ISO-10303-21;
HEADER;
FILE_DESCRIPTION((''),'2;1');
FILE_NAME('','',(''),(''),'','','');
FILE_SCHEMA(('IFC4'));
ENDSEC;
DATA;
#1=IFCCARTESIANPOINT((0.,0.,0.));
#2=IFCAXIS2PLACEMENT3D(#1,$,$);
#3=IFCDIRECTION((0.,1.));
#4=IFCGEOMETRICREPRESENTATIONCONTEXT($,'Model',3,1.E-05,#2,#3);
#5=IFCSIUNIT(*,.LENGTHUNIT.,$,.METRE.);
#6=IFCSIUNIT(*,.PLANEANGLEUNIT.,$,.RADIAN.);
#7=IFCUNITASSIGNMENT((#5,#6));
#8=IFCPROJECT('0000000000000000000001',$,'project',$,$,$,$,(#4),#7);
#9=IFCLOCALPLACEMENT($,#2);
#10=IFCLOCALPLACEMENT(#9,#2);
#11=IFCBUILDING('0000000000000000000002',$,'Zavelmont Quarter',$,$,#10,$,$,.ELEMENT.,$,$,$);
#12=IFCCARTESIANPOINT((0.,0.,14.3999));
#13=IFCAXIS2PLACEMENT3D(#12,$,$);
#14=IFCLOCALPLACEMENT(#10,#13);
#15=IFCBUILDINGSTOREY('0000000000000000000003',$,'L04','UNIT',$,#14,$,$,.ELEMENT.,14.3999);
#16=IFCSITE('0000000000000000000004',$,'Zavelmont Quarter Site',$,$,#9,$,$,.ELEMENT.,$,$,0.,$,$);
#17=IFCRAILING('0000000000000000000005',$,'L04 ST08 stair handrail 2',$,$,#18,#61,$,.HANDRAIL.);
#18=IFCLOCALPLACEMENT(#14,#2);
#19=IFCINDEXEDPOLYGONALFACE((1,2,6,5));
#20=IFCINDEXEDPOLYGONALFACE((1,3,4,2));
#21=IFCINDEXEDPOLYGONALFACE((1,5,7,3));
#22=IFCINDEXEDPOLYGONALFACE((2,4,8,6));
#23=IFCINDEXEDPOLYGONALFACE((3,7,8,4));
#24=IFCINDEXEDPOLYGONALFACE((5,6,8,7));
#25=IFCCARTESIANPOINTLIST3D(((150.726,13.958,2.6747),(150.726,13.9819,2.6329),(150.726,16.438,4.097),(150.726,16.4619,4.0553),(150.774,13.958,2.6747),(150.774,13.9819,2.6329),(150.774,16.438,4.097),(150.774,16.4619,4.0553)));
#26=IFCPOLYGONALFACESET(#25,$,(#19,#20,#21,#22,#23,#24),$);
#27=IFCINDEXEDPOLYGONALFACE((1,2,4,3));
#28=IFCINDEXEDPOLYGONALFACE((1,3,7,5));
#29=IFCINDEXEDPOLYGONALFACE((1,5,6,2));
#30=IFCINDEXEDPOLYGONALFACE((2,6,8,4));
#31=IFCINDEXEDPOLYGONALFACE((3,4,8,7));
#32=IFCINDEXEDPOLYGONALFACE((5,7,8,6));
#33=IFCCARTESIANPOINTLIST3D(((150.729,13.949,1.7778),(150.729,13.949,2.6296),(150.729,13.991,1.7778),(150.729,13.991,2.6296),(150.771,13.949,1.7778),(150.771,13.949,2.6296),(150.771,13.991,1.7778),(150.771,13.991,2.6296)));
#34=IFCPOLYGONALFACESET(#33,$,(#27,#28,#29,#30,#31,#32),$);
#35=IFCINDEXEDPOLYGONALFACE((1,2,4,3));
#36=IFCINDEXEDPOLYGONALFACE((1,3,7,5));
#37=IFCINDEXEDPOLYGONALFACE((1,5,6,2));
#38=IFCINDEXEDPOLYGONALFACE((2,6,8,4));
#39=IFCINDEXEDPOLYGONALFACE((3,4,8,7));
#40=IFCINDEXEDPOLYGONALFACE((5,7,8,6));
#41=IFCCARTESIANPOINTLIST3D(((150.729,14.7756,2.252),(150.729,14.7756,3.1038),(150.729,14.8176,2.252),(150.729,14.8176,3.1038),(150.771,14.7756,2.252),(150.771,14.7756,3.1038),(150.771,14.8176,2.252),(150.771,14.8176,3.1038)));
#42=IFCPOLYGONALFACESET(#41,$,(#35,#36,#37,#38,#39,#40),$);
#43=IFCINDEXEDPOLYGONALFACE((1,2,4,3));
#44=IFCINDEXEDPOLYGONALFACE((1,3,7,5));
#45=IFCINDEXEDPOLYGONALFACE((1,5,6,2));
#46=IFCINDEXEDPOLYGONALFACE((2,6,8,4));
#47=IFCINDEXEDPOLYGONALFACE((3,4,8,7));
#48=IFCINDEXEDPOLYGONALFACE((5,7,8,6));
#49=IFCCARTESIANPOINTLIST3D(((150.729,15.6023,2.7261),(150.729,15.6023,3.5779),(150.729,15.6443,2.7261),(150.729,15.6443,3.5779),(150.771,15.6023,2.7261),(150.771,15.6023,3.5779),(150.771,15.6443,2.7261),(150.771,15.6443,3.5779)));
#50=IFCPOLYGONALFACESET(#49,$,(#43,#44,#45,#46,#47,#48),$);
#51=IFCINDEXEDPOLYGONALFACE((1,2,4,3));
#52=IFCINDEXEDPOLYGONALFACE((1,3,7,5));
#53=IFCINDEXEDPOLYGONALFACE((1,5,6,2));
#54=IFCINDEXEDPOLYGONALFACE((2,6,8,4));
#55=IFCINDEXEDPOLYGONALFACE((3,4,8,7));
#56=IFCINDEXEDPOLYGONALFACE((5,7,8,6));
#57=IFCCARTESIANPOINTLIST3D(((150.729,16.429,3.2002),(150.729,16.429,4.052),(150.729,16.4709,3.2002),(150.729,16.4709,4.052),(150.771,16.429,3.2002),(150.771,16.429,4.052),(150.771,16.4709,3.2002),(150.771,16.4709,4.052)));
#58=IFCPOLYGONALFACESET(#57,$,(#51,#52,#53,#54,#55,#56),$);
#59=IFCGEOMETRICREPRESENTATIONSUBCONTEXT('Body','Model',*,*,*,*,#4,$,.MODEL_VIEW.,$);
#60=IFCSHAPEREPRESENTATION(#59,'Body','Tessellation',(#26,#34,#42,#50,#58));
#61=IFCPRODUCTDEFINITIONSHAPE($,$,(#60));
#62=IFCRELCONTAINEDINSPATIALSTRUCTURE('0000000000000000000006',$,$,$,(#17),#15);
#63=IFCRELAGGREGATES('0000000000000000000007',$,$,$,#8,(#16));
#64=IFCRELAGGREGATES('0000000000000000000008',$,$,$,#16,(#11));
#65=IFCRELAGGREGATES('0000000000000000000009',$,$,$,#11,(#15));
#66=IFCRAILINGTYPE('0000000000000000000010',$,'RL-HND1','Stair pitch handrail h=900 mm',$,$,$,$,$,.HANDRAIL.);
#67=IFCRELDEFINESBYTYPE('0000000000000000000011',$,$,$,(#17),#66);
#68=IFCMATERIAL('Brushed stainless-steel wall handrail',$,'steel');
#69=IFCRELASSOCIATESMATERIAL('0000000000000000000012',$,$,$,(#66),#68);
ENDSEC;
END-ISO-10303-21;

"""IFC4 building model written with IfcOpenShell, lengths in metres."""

from ifc_helpers import new_model, si_unit, direction, frame, origin, origin_2d, place, context, subcontext, project, spatial, rectangle, extrude, material, type_object, element, save


model = new_model("IFC4")

# Units and contexts
model_context = context("Model", 3, precision=1e-05, world=origin(), true_north=direction((0.0, 1.0)))
body_context = subcontext(model_context, "Body", "Model", "MODEL_VIEW")
ifc_project = project(units=[si_unit("LENGTHUNIT", "METRE"), si_unit("PLANEANGLEUNIT", "RADIAN")], contexts=[model_context])

# Site, building, storey
site_placement = place(None, origin())
site = spatial("IfcSite", under=ifc_project, at=site_placement, Name="Zavelmont Quarter Site", CompositionType="ELEMENT", RefElevation=0.0)
building_placement = place(site_placement, origin())
building = spatial("IfcBuilding", under=site, at=building_placement, Name="Zavelmont Quarter", CompositionType="ELEMENT")
storey_placement = place(building_placement, frame((0.0, 0.0, 14.3999)))
storey = spatial("IfcBuildingStorey", under=building, at=storey_placement, Name="L04", Description="UNIT", CompositionType="ELEMENT", Elevation=14.3999)

# Railing
ifc_material_1 = material(Name="Brushed stainless-steel wall handrail", Category="steel")
railing_type_1 = type_object("IfcRailingType", Name="RL-HND1", Description="Stair pitch handrail h=900 mm", PredefinedType="HANDRAIL", material=ifc_material_1)
railing_1_placement = place(storey_placement, frame((150.75, 13.97, 1.7778)))
element("IfcRailing", 1, at=railing_1_placement, inside=storey, type_object=railing_type_1, Name="L04 ST08 stair handrail 2", PredefinedType="HANDRAIL", context=body_context, shape_type="SweptSolid", body=[
    extrude(rectangle(XDim=0.0481, YDim=0.0481, at=origin_2d()), frame((0.0, 0.0, 0.876), z_axis=(0.0, 0.867454, 0.497518), x_axis=(-1.0, 0.0, 0.0)), (0.0, 0.0, 1.0), 2.8589),
    extrude(rectangle(XDim=0.042, YDim=0.042, at=origin_2d()), origin(), (0.0, 0.0, 1.0), 0.8518),
    extrude(rectangle(XDim=0.042, YDim=0.042, at=origin_2d()), frame((0.0, 0.8267, 0.4741)), (0.0, 0.0, 1.0), 0.8518),
    extrude(rectangle(XDim=0.042, YDim=0.042, at=origin_2d()), frame((0.0, 1.6533, 0.9482)), (0.0, 0.0, 1.0), 0.8518),
    extrude(rectangle(XDim=0.042, YDim=0.042, at=origin_2d()), frame((0.0, 2.48, 1.4224)), (0.0, 0.0, 1.0), 0.8518),
])

save(model, "model.ifc")
